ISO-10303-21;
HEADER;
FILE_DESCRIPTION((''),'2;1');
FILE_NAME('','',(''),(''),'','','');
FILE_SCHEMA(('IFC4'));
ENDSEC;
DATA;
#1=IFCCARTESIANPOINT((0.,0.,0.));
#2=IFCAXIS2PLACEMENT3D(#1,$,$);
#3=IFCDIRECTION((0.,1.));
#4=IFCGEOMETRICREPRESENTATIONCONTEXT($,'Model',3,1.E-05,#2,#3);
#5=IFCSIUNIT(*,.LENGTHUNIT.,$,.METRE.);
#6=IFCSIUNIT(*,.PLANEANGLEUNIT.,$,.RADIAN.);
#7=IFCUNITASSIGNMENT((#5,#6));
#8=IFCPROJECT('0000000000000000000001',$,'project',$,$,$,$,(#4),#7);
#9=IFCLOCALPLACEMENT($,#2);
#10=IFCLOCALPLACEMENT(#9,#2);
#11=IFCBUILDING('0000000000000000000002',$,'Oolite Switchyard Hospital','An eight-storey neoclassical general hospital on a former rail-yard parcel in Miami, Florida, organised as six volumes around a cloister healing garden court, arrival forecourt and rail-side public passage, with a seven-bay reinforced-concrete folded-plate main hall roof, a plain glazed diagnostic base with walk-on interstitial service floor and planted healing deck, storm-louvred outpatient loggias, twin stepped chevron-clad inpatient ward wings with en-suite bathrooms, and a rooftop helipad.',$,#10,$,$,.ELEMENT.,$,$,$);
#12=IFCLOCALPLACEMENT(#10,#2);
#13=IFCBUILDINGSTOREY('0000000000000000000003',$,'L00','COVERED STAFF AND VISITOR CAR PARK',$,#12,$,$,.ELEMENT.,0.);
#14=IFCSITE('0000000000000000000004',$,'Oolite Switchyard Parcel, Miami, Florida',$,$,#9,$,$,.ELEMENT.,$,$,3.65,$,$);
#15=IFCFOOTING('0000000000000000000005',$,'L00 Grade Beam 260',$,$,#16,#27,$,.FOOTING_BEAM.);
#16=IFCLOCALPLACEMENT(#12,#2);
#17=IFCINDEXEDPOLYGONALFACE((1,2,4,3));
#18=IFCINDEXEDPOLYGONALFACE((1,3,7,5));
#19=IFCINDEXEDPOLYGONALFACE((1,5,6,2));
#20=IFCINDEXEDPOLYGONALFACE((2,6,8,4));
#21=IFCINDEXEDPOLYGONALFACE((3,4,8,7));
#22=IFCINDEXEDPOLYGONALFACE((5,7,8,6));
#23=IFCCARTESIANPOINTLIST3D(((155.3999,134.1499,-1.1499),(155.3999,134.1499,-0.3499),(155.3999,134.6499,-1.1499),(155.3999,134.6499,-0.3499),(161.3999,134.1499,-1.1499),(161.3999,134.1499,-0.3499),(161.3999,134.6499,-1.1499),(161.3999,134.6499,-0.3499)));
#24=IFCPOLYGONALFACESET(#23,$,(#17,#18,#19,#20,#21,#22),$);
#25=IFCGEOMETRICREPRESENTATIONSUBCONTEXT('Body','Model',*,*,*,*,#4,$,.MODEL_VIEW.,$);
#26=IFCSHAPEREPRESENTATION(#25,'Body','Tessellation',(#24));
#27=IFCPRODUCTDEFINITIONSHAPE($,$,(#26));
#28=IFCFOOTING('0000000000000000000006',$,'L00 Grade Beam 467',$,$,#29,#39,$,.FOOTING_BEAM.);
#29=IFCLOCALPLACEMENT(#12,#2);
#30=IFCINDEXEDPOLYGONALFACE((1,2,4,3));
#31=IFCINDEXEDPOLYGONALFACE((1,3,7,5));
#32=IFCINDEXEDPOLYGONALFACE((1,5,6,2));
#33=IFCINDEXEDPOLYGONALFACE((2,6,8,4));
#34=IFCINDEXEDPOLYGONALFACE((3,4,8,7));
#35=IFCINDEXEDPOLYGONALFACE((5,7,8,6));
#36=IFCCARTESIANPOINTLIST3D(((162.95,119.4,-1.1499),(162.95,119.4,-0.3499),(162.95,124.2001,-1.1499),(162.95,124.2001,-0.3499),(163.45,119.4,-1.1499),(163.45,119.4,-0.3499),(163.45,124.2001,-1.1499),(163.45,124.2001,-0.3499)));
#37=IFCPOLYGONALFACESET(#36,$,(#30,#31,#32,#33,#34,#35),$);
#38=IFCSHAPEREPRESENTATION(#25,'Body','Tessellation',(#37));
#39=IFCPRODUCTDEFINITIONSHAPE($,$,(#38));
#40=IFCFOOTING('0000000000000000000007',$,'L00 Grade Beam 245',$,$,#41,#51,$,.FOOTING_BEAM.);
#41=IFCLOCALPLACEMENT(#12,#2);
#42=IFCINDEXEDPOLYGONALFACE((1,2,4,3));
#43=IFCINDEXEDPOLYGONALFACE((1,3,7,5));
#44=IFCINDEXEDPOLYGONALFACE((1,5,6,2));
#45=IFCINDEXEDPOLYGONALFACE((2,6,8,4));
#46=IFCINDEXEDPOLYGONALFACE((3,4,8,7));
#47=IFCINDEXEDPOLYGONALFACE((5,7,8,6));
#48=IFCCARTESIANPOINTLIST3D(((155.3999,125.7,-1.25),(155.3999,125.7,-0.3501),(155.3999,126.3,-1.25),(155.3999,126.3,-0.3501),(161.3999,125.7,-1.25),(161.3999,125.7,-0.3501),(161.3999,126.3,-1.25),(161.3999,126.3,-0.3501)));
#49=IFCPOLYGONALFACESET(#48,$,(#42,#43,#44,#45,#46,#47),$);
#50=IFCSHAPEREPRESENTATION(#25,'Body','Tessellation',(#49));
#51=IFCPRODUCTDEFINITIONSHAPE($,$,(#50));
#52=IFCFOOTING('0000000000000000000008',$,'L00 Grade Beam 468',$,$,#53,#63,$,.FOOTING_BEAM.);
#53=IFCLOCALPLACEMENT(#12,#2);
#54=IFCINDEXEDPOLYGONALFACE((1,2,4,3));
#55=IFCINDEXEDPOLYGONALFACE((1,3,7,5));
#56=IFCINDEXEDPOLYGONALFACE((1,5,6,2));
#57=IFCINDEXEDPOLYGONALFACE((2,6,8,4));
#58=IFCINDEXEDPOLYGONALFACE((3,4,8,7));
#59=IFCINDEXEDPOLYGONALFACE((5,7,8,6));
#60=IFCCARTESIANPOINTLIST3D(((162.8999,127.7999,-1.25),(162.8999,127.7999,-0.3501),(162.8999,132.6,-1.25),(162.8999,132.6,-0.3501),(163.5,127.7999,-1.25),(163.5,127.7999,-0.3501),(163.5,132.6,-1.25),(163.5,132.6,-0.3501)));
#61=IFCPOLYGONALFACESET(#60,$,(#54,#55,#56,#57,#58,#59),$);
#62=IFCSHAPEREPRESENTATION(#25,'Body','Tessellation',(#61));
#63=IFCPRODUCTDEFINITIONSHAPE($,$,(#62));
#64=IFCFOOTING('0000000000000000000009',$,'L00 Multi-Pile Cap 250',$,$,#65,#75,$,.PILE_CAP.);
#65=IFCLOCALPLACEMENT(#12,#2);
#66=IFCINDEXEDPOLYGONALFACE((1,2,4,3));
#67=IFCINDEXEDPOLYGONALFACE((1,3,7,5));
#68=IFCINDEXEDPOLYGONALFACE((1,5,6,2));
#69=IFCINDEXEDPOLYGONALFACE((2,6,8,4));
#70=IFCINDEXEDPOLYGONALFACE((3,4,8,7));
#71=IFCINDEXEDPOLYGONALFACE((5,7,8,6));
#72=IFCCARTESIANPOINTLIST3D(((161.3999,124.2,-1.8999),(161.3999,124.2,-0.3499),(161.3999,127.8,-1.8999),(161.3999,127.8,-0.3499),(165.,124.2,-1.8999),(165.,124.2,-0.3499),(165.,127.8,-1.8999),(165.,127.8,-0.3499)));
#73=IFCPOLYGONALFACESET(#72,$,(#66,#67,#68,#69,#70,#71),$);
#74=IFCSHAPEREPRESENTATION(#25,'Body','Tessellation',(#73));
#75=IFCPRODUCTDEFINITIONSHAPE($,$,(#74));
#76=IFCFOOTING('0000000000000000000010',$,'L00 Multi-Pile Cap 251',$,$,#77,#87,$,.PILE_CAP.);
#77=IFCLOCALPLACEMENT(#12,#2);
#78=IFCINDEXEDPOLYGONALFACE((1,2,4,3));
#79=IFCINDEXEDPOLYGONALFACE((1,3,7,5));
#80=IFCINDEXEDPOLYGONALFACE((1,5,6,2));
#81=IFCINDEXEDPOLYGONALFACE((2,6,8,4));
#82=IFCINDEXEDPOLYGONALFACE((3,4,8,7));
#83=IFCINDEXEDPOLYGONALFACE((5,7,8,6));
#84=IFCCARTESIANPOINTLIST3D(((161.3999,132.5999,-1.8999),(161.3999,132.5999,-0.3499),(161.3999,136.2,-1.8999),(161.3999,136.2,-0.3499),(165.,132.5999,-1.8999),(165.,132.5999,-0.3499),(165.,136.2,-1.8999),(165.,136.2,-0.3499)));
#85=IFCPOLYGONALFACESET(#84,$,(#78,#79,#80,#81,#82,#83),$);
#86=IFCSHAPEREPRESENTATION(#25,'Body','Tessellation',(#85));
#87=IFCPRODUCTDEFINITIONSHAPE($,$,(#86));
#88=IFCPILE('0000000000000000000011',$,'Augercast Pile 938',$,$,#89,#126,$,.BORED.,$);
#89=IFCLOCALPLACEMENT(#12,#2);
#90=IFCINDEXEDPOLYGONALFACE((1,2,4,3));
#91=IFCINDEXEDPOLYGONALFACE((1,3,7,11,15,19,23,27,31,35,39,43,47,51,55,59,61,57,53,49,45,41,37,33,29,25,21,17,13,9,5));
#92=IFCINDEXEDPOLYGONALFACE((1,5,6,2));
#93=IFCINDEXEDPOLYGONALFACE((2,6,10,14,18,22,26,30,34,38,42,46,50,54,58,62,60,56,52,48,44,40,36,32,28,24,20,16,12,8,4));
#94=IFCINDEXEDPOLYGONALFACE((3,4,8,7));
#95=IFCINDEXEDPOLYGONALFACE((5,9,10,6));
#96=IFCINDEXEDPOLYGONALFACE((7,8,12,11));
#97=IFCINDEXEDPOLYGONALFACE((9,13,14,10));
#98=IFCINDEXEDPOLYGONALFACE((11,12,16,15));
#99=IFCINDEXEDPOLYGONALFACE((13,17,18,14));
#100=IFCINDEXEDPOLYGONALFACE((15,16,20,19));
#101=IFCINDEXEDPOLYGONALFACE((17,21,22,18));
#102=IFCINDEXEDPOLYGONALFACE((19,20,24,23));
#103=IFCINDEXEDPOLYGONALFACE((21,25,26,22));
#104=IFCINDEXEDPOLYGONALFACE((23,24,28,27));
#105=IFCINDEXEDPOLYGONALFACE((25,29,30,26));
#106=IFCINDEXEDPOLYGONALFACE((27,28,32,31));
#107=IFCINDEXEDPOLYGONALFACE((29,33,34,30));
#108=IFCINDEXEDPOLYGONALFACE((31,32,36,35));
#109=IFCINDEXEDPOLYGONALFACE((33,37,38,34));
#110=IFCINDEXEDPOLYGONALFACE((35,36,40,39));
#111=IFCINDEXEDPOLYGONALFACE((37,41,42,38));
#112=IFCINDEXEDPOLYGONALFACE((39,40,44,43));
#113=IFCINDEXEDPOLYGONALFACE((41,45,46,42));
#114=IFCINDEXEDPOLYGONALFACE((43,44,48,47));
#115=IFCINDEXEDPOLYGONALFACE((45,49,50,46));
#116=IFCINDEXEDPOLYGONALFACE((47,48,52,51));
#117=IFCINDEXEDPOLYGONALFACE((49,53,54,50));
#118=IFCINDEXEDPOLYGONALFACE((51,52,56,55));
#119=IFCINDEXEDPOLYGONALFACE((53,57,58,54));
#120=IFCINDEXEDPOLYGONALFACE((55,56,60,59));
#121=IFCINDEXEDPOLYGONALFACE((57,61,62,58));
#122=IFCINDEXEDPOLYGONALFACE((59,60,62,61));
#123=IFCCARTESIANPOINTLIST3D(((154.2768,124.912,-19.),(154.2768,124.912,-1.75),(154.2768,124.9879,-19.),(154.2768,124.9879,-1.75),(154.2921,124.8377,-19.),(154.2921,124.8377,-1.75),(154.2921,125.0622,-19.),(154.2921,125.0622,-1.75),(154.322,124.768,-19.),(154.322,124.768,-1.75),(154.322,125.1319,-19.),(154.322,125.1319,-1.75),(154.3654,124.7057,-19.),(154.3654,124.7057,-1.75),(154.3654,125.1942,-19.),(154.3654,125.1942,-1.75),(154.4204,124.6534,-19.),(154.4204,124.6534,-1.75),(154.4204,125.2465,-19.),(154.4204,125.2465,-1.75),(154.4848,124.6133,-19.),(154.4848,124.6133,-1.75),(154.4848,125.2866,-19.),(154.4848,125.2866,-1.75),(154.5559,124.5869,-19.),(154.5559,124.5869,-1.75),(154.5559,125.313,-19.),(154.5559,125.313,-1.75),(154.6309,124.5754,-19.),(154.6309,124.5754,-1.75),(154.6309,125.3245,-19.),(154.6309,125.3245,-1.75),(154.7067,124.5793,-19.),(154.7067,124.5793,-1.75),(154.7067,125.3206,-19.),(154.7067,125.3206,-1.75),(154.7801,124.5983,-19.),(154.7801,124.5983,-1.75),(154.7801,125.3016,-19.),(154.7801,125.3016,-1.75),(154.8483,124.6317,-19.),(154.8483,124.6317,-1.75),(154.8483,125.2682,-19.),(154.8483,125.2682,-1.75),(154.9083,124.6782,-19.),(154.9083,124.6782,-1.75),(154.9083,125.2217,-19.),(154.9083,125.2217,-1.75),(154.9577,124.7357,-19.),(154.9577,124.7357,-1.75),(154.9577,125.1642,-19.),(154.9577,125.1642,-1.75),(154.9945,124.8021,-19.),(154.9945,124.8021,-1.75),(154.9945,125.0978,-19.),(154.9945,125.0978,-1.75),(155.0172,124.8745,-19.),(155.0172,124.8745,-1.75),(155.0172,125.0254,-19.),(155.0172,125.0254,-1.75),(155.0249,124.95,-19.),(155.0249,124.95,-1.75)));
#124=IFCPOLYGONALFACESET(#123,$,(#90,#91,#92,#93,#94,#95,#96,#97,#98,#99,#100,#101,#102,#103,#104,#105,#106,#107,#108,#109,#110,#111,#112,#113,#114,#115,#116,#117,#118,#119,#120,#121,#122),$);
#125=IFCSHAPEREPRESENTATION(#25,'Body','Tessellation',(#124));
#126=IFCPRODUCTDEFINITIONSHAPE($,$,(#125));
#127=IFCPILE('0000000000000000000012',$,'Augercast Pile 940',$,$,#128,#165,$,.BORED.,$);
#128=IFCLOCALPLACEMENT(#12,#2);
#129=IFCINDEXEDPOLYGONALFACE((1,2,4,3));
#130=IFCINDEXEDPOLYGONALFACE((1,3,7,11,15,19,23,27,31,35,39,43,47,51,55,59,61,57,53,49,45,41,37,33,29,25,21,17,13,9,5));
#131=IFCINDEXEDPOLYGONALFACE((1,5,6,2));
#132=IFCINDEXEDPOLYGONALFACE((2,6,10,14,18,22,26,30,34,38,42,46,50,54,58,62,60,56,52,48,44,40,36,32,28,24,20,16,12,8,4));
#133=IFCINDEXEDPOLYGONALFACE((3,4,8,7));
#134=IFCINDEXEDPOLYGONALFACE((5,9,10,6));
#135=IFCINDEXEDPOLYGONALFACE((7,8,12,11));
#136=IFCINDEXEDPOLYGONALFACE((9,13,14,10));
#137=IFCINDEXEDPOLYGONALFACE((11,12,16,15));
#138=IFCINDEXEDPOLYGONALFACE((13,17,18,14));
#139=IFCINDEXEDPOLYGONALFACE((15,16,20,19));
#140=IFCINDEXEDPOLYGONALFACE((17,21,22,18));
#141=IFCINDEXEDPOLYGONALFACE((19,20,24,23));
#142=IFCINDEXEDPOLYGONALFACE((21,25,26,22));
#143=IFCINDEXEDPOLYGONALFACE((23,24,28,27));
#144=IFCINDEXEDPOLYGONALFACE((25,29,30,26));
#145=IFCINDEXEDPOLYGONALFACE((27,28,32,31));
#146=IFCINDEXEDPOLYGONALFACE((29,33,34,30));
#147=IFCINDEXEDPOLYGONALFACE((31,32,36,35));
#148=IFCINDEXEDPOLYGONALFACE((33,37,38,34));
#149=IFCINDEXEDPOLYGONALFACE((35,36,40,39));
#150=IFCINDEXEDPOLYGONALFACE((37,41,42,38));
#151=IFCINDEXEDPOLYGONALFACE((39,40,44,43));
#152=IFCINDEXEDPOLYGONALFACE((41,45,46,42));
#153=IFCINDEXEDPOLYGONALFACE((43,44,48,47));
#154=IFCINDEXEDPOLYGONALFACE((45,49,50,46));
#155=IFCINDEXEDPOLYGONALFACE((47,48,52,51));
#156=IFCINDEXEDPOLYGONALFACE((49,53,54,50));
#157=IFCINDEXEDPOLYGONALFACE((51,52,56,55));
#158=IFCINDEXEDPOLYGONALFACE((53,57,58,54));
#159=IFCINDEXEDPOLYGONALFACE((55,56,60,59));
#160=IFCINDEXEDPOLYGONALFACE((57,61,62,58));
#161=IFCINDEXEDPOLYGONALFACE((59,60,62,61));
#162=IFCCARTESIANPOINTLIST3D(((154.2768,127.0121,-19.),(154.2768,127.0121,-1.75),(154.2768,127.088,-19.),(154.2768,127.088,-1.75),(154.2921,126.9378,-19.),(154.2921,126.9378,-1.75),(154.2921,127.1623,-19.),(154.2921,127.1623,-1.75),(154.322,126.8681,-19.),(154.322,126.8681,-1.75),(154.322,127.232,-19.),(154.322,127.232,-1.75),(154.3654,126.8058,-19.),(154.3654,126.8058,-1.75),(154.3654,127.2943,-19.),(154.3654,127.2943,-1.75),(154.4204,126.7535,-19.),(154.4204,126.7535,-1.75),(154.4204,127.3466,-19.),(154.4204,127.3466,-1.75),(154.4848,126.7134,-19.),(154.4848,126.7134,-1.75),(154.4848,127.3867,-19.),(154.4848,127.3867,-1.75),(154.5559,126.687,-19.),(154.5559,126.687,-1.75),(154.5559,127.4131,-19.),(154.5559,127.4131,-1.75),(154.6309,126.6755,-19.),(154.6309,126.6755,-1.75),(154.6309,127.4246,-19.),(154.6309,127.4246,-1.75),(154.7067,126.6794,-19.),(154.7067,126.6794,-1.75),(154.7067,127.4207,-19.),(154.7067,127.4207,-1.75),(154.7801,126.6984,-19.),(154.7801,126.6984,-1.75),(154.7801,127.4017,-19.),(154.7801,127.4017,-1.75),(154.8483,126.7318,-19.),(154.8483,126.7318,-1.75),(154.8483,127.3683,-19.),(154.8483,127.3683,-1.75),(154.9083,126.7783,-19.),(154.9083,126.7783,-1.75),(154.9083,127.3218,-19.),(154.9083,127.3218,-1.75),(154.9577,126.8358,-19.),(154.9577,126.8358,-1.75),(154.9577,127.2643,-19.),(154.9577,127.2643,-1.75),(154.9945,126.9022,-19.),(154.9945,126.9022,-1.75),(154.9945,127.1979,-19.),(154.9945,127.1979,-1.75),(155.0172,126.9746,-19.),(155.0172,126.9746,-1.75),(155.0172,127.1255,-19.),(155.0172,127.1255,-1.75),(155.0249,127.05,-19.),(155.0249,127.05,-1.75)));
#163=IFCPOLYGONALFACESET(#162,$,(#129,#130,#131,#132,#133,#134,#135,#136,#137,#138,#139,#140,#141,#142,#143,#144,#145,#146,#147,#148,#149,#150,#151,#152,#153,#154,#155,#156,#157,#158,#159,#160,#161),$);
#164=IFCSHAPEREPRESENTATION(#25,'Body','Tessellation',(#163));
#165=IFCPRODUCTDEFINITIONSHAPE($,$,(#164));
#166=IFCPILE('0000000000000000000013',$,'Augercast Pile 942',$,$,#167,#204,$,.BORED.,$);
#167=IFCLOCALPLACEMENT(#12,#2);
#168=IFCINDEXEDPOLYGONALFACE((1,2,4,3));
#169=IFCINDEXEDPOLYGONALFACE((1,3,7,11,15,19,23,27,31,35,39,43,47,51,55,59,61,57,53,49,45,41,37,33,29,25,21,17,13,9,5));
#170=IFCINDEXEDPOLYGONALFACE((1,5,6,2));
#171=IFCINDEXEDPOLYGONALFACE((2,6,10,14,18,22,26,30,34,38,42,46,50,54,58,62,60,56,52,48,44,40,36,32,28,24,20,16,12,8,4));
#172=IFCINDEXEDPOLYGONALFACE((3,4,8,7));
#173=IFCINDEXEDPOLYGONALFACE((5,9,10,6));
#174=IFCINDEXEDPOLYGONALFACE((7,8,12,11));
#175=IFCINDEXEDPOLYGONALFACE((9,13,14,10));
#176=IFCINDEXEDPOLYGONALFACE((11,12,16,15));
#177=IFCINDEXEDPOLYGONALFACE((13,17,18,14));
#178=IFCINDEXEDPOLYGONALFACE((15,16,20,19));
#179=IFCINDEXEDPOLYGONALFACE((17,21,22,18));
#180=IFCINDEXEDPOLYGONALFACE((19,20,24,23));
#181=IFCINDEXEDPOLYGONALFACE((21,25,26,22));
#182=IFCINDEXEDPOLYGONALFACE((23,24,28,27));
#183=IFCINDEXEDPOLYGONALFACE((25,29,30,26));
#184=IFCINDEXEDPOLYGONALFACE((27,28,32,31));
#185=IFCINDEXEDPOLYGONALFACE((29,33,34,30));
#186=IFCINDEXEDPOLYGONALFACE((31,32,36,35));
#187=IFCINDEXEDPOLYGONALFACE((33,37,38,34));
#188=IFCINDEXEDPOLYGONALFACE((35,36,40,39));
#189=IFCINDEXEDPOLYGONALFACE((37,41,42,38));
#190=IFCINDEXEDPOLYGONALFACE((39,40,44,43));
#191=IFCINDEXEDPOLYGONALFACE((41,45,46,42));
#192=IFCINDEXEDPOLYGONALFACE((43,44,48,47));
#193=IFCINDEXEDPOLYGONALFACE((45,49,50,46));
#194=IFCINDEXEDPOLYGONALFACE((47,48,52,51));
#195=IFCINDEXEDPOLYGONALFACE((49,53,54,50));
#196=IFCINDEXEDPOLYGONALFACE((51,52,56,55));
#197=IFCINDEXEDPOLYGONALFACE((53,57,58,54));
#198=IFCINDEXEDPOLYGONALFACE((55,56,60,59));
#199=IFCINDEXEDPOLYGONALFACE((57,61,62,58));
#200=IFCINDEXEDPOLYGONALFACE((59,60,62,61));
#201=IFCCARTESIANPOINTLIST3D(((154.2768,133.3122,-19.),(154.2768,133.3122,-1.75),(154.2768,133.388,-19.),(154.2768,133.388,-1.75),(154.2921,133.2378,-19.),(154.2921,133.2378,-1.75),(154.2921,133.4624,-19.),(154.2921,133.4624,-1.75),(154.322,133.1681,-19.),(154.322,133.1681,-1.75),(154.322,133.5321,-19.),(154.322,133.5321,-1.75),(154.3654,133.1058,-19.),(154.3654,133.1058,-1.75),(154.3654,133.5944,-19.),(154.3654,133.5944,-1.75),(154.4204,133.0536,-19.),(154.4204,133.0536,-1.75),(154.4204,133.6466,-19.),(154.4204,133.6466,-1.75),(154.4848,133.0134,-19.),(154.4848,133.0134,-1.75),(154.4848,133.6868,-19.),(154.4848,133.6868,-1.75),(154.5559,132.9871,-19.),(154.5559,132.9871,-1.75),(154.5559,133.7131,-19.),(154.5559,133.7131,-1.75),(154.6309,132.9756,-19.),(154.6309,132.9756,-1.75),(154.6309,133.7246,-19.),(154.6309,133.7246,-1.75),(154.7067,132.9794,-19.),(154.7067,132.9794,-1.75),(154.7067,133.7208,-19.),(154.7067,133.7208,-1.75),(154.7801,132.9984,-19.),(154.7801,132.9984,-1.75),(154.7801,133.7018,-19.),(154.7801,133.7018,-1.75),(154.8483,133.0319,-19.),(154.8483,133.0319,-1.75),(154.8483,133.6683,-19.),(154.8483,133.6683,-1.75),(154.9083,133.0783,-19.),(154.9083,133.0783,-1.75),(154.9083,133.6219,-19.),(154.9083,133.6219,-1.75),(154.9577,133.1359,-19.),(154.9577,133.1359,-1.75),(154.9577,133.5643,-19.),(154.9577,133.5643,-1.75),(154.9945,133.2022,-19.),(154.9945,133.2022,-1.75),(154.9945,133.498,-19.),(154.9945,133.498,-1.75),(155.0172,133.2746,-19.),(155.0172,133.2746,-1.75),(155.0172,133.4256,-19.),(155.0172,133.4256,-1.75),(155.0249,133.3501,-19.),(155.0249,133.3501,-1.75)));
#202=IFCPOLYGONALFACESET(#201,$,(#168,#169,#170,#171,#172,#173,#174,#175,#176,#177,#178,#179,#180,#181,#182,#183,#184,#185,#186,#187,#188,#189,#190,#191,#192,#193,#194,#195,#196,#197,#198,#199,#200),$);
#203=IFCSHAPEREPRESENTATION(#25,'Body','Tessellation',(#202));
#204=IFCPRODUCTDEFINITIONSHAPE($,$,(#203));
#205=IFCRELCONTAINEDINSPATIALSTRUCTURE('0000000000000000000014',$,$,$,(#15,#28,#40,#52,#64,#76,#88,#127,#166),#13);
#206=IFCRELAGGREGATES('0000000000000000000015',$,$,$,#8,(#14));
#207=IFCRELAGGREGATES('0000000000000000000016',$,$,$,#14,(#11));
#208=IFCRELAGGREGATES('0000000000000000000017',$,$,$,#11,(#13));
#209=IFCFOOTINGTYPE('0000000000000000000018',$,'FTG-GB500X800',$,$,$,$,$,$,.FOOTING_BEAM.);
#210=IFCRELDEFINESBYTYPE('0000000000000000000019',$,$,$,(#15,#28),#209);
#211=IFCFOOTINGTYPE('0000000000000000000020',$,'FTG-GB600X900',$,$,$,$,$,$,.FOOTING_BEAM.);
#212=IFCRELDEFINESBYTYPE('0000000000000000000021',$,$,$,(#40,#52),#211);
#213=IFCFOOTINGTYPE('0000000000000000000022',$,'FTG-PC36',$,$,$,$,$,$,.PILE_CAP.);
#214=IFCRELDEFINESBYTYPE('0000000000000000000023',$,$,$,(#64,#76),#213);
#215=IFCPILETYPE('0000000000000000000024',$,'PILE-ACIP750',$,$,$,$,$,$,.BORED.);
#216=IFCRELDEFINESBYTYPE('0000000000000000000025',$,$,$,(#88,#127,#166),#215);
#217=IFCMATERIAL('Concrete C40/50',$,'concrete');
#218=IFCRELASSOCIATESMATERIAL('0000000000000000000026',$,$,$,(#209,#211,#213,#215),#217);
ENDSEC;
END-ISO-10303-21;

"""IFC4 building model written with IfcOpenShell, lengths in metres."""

from ifc_helpers import new_model, si_unit, direction, frame, origin, origin_2d, place, context, subcontext, project, spatial, rectangle, circle, extrude, material, material_profile, profile_set, type_object, element, save


model = new_model("IFC4")

# Units and contexts
model_context = context("Model", 3, precision=1e-05, world=origin(), true_north=direction((0.0, 1.0)))
body_context = subcontext(model_context, "Body", "Model", "MODEL_VIEW")
ifc_project = project(units=[si_unit("LENGTHUNIT", "METRE"), si_unit("PLANEANGLEUNIT", "RADIAN")], contexts=[model_context])

# Site, building, storey
site_placement = place(None, origin())
site = spatial("IfcSite", under=ifc_project, at=site_placement, Name="Oolite Switchyard Parcel, Miami, Florida", CompositionType="ELEMENT", RefElevation=3.65)
building_placement = place(site_placement, origin())
building = spatial("IfcBuilding", under=site, at=building_placement, Name="Oolite Switchyard Hospital", Description="An eight-storey neoclassical general hospital on a former rail-yard parcel in Miami, Florida, organised as six volumes around a cloister healing garden court, arrival forecourt and rail-side public passage, with a seven-bay reinforced-concrete folded-plate main hall roof, a plain glazed diagnostic base with walk-on interstitial service floor and planted healing deck, storm-louvred outpatient loggias, twin stepped chevron-clad inpatient ward wings with en-suite bathrooms, and a rooftop helipad.", CompositionType="ELEMENT")
storey_placement = place(building_placement, origin())
storey = spatial("IfcBuildingStorey", under=building, at=storey_placement, Name="L00", Description="COVERED STAFF AND VISITOR CAR PARK", CompositionType="ELEMENT", Elevation=0.0)

# Footings
ifc_material_1 = material(Name="Concrete C40/50", Category="concrete")
footing_type_1 = type_object("IfcFootingType", Name="FTG-GB500X800", PredefinedType="FOOTING_BEAM", material=ifc_material_1)
footing_1_placement = place(storey_placement, frame((158.3999, 134.3999, -1.1499), z_axis=(0.0, 0.0, 1.0), x_axis=(1.0, 0.0, 0.0)))
element("IfcFooting", 1, at=footing_1_placement, inside=storey, type_object=footing_type_1, Name="L00 Grade Beam 260", PredefinedType="FOOTING_BEAM", context=body_context, shape_type="SweptSolid", body=[
    extrude(rectangle(XDim=6.0, YDim=0.5, at=origin_2d()), origin(), (0.0, 0.0, 1.0), 0.8),
])
footing_2_placement = place(storey_placement, frame((163.2, 121.8, -1.1499), z_axis=(0.0, 0.0, 1.0), x_axis=(0.0, 1.0, 0.0)))
element("IfcFooting", 2, at=footing_2_placement, inside=storey, type_object=footing_type_1, Name="L00 Grade Beam 467", PredefinedType="FOOTING_BEAM", context=body_context, shape_type="SweptSolid", body=[
    extrude(rectangle(XDim=4.8, YDim=0.5, at=origin_2d()), origin(), (0.0, 0.0, 1.0), 0.8),
])
footing_type_2 = type_object("IfcFootingType", Name="FTG-GB600X900", PredefinedType="FOOTING_BEAM", material=ifc_material_1)
footing_3_placement = place(storey_placement, frame((158.3999, 126.0, -1.25), z_axis=(0.0, 0.0, 1.0), x_axis=(1.0, 0.0, 0.0)))
element("IfcFooting", 3, at=footing_3_placement, inside=storey, type_object=footing_type_2, Name="L00 Grade Beam 245", PredefinedType="FOOTING_BEAM", context=body_context, shape_type="SweptSolid", body=[
    extrude(rectangle(XDim=6.0, YDim=0.6001, at=origin_2d()), origin(), (0.0, 0.0, 1.0), 0.8999),
])
footing_4_placement = place(storey_placement, frame((163.2, 130.2, -1.25), z_axis=(0.0, 0.0, 1.0), x_axis=(0.0, 1.0, 0.0)))
element("IfcFooting", 4, at=footing_4_placement, inside=storey, type_object=footing_type_2, Name="L00 Grade Beam 468", PredefinedType="FOOTING_BEAM", context=body_context, shape_type="SweptSolid", body=[
    extrude(rectangle(XDim=4.8, YDim=0.6001, at=origin_2d()), origin(), (0.0, 0.0, 1.0), 0.8999),
])
footing_type_3 = type_object("IfcFootingType", Name="FTG-PC36", PredefinedType="PILE_CAP", material=ifc_material_1)
for number, where, z_axis, x_axis, name in (
    (5, (163.2, 126.0, -1.8999), (0.0, 0.0, 1.0), (1.0, 0.0, 0.0), "L00 Multi-Pile Cap 250"),
    (6, (163.2, 134.3999, -1.8999), (0.0, 0.0, 1.0), (1.0, 0.0, 0.0), "L00 Multi-Pile Cap 251"),
):
    element("IfcFooting", number, at=place(storey_placement, frame(where, z_axis=z_axis, x_axis=x_axis)), inside=storey, type_object=footing_type_3, Name=name, PredefinedType="PILE_CAP", context=body_context, shape_type="SweptSolid", body=[
        extrude(rectangle(XDim=3.6001, YDim=3.6001, at=origin_2d()), origin(), (0.0, 0.0, 1.0), 1.55),
    ])

# Piles
ifc_material_profile_1 = material_profile(ifc_material_1, circle(Radius=0.375, at=origin_2d()), Name="PILE750")
ifc_profile_set_1 = profile_set([ifc_material_profile_1], Name="Concrete C40/50")
pile_type = type_object("IfcPileType", Name="PILE-ACIP750", PredefinedType="BORED", material=ifc_profile_set_1)
for number, where, z_axis, x_axis, name in (
    (7, (154.6499, 124.95, -1.75), (0.0, 0.0, -1.0), (1.0, 0.0, 0.0), "Augercast Pile 938"),
    (8, (154.6499, 127.05, -1.75), (0.0, 0.0, -1.0), (1.0, 0.0, 0.0), "Augercast Pile 940"),
    (9, (154.6499, 133.3501, -1.75), (0.0, 0.0, -1.0), (1.0, 0.0, 0.0), "Augercast Pile 942"),
):
    element("IfcPile", number, at=place(storey_placement, frame(where, z_axis=z_axis, x_axis=x_axis)), inside=storey, type_object=pile_type, Name=name, PredefinedType="BORED", context=body_context, shape_type="SweptSolid", body=[
        extrude(circle(Radius=0.375, at=origin_2d()), origin(), (0.0, 0.0, 1.0), 17.25),
    ])

save(model, "model.ifc")
